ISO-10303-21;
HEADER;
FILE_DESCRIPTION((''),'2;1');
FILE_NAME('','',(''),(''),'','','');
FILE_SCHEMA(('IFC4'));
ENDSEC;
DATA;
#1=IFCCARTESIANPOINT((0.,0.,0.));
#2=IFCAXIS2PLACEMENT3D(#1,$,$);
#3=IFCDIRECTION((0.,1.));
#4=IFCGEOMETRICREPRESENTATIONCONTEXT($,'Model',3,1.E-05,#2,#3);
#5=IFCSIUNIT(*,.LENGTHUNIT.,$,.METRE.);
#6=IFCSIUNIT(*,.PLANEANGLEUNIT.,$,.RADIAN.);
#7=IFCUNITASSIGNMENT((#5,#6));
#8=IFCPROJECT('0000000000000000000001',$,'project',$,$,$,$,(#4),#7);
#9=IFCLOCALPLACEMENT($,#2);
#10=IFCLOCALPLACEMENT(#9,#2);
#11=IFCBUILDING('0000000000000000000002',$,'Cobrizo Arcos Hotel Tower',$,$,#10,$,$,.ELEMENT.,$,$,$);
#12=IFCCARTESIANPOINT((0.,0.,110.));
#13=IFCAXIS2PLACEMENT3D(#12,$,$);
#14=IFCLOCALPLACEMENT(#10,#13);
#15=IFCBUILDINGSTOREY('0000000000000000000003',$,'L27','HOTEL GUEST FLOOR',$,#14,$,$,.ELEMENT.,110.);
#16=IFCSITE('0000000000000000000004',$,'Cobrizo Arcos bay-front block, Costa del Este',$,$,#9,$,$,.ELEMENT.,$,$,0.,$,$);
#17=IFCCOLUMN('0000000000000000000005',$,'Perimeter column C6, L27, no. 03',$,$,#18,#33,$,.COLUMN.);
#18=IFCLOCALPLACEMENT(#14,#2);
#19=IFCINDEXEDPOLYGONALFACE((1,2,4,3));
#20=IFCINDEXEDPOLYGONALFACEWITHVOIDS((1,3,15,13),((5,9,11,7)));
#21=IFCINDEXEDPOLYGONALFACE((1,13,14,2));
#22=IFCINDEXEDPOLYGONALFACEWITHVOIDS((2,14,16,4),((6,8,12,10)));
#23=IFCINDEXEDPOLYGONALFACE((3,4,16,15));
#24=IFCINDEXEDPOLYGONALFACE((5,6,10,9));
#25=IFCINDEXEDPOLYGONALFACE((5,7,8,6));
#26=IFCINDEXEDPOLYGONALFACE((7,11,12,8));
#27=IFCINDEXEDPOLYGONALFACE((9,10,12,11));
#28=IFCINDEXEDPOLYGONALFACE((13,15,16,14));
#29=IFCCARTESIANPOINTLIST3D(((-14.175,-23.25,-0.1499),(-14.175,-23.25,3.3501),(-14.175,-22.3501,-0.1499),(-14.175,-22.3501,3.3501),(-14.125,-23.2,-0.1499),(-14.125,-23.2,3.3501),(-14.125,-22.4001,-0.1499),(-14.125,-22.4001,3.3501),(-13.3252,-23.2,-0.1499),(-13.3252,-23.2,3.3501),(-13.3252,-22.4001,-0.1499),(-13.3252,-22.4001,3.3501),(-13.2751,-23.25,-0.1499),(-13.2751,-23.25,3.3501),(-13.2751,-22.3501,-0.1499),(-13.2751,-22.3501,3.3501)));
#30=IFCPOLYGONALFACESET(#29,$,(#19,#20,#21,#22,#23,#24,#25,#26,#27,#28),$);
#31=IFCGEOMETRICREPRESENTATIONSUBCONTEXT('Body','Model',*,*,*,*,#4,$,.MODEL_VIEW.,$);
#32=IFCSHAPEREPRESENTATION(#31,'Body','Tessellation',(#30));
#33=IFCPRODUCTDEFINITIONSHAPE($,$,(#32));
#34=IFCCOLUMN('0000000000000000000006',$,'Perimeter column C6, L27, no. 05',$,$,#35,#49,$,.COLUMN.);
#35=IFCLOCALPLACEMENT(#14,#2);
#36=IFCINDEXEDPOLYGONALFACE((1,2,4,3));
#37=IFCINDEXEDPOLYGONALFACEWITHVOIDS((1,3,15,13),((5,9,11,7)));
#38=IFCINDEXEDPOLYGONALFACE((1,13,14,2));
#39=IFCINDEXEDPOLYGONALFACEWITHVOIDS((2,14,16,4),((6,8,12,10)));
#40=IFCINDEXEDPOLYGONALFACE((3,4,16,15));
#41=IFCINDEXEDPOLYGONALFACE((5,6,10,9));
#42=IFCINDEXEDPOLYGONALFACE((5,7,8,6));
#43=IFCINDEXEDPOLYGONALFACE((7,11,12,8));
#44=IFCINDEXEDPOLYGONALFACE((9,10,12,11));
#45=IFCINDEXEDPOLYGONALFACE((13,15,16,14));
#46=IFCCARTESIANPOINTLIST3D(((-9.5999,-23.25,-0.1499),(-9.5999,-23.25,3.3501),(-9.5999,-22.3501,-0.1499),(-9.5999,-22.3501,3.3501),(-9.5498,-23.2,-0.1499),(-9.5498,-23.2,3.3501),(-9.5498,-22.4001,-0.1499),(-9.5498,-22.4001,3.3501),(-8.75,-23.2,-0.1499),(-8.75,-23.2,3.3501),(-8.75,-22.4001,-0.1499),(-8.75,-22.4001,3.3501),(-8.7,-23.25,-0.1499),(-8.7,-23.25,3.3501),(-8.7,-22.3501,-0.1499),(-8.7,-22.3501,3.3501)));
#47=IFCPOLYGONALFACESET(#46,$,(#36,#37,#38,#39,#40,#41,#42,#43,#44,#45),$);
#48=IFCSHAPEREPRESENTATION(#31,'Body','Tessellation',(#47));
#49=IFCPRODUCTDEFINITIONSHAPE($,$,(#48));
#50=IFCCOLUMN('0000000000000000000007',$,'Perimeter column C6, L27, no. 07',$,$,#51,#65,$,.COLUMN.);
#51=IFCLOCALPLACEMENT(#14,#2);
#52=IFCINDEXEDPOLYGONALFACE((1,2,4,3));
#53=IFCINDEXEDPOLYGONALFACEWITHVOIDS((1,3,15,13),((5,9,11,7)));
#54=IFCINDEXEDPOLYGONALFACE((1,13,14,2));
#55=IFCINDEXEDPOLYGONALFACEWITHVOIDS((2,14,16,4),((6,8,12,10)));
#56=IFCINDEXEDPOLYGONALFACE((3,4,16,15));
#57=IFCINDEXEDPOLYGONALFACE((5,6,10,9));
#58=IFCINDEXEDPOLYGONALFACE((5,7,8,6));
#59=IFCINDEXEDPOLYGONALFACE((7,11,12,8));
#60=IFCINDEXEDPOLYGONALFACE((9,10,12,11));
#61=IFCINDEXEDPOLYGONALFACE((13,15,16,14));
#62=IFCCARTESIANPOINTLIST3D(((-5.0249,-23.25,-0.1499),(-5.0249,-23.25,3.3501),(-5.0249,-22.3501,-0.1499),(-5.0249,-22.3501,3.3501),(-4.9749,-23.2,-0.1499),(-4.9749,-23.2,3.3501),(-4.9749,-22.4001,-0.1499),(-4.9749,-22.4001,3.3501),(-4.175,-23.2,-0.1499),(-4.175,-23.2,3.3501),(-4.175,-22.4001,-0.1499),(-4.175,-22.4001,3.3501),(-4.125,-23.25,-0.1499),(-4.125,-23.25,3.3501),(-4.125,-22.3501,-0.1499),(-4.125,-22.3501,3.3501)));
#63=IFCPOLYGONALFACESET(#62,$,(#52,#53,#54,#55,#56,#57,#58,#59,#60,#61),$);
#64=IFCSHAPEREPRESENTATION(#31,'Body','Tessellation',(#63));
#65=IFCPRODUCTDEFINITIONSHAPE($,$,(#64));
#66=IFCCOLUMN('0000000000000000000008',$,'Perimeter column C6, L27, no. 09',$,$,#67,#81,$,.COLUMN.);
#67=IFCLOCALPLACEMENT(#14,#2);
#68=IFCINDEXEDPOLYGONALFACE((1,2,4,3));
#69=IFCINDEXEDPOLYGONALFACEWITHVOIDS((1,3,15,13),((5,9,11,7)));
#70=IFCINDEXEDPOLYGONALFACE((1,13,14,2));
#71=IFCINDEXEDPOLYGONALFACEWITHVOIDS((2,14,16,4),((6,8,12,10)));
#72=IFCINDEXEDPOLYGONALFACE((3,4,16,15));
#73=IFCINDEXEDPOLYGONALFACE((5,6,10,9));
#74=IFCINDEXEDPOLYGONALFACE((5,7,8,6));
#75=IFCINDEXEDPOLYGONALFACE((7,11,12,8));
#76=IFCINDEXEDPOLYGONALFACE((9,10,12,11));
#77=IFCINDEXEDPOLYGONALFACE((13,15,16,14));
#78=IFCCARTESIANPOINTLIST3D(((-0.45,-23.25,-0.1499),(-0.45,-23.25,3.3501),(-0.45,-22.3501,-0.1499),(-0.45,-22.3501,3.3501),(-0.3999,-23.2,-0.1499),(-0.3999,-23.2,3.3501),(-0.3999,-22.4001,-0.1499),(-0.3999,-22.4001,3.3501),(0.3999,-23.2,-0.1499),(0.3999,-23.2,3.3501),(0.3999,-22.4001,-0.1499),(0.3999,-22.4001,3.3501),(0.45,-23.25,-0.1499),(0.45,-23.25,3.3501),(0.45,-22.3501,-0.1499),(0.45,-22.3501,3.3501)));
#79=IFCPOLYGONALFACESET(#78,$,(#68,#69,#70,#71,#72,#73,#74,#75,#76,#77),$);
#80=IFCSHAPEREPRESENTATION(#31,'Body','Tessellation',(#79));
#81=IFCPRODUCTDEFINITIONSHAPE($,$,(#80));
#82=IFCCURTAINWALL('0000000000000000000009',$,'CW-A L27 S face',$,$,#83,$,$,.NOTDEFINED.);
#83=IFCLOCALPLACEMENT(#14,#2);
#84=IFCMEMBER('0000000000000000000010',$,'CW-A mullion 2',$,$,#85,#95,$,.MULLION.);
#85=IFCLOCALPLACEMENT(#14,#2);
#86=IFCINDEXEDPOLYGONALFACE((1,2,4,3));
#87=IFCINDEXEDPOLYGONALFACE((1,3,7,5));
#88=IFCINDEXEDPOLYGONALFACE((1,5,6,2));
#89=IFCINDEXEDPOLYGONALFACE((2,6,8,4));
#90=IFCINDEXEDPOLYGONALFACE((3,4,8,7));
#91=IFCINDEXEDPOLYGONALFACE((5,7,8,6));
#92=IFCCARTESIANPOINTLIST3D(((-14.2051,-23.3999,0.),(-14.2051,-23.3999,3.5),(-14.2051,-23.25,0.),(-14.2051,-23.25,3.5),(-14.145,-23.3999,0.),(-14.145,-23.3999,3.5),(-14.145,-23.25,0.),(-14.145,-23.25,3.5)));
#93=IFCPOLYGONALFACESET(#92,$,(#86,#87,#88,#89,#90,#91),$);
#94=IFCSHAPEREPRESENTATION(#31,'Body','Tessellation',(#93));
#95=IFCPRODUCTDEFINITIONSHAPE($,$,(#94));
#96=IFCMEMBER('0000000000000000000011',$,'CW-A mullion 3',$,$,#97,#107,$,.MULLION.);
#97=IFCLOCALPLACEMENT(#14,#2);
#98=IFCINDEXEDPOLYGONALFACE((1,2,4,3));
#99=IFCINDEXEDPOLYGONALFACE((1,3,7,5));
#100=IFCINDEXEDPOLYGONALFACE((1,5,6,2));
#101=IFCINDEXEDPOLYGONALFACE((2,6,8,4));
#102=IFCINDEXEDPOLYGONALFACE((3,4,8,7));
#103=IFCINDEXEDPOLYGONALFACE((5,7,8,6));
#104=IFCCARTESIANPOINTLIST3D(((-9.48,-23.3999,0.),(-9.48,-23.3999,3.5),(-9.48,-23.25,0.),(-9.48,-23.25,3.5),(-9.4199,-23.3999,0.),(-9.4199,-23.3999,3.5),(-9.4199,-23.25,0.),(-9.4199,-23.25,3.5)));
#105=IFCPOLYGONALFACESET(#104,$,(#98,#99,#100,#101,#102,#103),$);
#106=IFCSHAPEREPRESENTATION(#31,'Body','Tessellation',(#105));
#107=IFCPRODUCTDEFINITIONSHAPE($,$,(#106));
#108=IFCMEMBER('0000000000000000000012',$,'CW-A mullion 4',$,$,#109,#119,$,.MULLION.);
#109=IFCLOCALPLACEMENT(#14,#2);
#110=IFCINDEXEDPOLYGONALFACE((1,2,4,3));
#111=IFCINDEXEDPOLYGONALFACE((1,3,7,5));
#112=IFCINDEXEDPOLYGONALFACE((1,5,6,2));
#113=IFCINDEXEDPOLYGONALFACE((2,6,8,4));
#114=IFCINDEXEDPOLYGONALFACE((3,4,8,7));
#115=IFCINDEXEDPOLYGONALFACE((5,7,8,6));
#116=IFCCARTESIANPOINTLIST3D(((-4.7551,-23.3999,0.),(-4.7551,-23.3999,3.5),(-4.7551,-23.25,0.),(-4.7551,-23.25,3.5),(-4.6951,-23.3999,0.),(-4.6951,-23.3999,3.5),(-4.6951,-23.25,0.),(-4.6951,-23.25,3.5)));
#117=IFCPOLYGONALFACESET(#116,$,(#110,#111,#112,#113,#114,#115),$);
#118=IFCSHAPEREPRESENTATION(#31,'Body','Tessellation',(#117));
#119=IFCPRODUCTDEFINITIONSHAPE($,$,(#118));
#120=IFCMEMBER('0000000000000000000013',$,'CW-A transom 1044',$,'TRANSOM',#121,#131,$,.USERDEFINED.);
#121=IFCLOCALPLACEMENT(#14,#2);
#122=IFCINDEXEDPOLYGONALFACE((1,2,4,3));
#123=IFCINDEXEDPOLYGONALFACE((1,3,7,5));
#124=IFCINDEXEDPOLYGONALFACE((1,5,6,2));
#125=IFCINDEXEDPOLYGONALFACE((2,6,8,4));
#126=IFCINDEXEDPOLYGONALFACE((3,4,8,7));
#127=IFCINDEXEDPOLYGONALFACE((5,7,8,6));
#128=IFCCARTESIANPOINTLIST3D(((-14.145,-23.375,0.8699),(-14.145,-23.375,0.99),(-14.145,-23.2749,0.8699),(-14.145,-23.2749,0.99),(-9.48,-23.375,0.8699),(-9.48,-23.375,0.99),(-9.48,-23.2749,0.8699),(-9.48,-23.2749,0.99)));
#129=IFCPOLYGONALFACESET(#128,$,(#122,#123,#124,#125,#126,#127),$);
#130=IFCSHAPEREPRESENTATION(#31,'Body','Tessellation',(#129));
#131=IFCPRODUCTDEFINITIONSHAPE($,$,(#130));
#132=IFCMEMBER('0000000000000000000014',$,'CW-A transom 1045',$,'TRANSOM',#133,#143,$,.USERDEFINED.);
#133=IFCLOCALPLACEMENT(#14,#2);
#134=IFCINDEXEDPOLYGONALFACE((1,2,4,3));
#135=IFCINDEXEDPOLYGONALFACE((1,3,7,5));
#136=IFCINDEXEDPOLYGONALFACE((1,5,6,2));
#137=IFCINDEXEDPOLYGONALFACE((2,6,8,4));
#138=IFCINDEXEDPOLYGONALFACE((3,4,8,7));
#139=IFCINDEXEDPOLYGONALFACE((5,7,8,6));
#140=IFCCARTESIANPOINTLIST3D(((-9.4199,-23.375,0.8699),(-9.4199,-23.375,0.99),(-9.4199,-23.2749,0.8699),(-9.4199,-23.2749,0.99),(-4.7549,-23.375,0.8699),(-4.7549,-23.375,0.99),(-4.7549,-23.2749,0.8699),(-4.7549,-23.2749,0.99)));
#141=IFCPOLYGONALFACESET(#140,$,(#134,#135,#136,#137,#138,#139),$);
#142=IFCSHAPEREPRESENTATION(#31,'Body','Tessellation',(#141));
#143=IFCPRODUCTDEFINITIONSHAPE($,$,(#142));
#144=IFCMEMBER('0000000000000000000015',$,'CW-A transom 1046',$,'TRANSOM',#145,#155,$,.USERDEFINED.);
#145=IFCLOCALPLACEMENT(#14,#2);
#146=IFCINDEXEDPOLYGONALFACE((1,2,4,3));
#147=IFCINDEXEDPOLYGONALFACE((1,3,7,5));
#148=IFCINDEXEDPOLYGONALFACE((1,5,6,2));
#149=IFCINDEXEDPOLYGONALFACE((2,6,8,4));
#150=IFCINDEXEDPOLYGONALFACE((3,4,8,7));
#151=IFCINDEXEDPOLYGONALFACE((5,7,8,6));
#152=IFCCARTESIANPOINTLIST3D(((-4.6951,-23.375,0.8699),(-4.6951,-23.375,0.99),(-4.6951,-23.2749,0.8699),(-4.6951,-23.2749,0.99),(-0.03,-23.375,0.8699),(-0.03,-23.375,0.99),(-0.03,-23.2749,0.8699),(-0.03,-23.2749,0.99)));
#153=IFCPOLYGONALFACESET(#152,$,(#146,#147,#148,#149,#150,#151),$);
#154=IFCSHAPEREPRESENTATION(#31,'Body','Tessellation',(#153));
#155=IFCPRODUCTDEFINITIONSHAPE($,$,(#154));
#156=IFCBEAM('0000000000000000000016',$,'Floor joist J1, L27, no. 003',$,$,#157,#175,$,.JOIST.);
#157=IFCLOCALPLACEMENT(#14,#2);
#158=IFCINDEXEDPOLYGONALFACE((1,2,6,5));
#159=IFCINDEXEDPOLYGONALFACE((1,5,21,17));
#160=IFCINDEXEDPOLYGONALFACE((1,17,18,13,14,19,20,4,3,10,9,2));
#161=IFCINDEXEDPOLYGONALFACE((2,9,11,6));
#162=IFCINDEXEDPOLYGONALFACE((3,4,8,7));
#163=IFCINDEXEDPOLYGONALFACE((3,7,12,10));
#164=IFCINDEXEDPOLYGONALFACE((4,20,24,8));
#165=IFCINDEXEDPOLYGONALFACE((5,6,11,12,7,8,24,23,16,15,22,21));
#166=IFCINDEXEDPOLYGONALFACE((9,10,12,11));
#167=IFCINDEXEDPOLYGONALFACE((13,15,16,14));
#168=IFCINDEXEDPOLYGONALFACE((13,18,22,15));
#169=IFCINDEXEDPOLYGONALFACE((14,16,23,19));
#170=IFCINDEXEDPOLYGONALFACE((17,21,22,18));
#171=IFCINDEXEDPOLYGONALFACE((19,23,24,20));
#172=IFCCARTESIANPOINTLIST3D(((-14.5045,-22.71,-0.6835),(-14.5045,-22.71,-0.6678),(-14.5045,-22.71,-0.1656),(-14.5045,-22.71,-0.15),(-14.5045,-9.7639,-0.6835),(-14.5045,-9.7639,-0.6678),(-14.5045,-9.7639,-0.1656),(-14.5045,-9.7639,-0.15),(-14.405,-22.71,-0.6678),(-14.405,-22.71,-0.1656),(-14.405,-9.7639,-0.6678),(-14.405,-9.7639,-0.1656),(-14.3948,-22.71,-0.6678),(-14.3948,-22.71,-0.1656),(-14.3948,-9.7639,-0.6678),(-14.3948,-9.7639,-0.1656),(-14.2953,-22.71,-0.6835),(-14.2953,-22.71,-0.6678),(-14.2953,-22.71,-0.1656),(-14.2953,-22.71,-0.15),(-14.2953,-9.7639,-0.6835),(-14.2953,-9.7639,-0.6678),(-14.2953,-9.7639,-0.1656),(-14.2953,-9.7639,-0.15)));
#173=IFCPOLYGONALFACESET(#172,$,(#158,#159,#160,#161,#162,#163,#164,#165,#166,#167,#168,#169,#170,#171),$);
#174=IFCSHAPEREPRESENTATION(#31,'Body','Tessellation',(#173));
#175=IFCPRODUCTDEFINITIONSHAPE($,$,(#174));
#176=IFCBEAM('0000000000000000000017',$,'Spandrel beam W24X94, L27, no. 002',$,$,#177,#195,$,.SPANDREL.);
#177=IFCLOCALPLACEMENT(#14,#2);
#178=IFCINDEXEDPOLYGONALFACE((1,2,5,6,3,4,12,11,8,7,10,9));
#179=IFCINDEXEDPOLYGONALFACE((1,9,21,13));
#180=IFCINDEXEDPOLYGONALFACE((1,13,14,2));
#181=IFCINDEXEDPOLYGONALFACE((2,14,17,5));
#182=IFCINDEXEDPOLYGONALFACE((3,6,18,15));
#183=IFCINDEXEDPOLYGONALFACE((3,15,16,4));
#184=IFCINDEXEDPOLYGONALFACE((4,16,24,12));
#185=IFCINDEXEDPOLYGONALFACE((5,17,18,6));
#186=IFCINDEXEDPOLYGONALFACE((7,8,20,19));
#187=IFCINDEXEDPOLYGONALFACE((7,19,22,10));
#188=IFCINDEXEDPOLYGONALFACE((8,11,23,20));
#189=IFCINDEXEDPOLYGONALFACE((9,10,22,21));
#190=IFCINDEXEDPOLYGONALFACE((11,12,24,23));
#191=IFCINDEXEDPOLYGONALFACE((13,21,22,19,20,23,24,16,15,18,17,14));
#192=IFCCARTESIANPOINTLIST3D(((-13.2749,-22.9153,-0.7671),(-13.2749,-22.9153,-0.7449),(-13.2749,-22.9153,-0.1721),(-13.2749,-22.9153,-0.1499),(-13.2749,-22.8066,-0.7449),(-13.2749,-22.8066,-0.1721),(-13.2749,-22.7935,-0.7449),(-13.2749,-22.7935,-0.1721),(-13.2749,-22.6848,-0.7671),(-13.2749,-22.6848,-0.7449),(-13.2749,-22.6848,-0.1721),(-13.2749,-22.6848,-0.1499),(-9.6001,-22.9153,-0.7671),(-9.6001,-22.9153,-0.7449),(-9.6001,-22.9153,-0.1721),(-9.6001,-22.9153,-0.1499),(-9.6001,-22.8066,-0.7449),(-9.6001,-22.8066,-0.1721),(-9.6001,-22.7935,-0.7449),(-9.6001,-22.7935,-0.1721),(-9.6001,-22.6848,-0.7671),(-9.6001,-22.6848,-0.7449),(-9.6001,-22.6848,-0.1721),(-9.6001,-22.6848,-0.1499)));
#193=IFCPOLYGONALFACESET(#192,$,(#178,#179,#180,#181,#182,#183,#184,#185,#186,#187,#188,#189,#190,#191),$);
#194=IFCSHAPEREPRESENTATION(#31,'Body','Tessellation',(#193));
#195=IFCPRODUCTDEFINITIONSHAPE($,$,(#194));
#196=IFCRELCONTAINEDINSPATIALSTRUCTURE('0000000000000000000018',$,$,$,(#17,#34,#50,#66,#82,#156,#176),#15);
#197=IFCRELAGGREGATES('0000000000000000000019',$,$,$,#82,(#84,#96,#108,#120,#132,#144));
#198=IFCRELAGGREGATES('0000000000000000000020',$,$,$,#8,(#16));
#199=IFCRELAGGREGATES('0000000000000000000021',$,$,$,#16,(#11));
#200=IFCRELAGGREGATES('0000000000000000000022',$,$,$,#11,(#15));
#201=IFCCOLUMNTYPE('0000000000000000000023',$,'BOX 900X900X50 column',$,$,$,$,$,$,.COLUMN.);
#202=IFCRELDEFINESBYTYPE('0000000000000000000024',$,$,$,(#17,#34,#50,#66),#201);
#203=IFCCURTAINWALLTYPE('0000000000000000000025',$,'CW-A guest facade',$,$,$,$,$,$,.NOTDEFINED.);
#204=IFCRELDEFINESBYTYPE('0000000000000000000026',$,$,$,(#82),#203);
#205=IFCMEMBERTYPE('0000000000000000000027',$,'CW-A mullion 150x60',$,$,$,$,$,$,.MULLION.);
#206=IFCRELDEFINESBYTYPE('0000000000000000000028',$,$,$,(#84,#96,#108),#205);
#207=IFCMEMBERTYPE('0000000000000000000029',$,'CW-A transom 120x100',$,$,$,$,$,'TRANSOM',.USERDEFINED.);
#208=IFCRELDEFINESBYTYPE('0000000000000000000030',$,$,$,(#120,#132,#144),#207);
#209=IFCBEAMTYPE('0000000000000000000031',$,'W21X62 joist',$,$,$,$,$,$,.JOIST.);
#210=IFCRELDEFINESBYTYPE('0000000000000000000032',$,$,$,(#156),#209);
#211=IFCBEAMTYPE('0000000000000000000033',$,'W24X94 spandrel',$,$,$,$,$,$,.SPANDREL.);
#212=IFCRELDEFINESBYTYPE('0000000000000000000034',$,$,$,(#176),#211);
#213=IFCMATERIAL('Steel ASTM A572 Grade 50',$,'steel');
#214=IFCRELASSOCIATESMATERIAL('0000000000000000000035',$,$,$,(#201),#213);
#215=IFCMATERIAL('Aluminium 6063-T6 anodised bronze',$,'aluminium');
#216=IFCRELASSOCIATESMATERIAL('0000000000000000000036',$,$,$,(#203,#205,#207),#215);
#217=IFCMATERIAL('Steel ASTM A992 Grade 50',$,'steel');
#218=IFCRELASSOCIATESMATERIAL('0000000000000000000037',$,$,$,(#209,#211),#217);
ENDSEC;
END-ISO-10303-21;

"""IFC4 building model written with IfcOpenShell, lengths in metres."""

from ifc_helpers import new_model, si_unit, direction, frame, origin, origin_2d, place, context, subcontext, project, spatial, rectangle, hollow_rectangle, i_section, extrude, material, material_profile, profile_set, type_object, element, aggregate, save


model = new_model("IFC4")

# Units and contexts
model_context = context("Model", 3, precision=1e-05, world=origin(), true_north=direction((0.0, 1.0)))
body_context = subcontext(model_context, "Body", "Model", "MODEL_VIEW")
ifc_project = project(units=[si_unit("LENGTHUNIT", "METRE"), si_unit("PLANEANGLEUNIT", "RADIAN")], contexts=[model_context])

# Site, building, storey
site_placement = place(None, origin())
site = spatial("IfcSite", under=ifc_project, at=site_placement, Name="Cobrizo Arcos bay-front block, Costa del Este", CompositionType="ELEMENT", RefElevation=0.0)
building_placement = place(site_placement, origin())
building = spatial("IfcBuilding", under=site, at=building_placement, Name="Cobrizo Arcos Hotel Tower", CompositionType="ELEMENT")
storey_placement = place(building_placement, frame((0.0, 0.0, 110.0)))
storey = spatial("IfcBuildingStorey", under=building, at=storey_placement, Name="L27", Description="HOTEL GUEST FLOOR", CompositionType="ELEMENT", Elevation=110.0)

# Columns
ifc_material_1 = material(Name="Steel ASTM A572 Grade 50", Category="steel")
ifc_material_profile_1 = material_profile(ifc_material_1, hollow_rectangle(XDim=0.8999, YDim=0.8999, WallThickness=0.05, at=origin_2d()), Name="BOX 900X900X50")
ifc_profile_set_1 = profile_set([ifc_material_profile_1], Name="Steel ASTM A572 Grade 50")
column_type = type_object("IfcColumnType", Name="BOX 900X900X50 column", PredefinedType="COLUMN", material=ifc_profile_set_1)
for number, where, z_axis, x_axis, name in (
    (1, (-13.7251, -22.8, -0.1499), (0.0, 0.0, 1.0), (1.0, 0.0, 0.0), "Perimeter column C6, L27, no. 03"),
    (2, (-9.1499, -22.8, -0.1499), (0.0, 0.0, 1.0), (1.0, 0.0, 0.0), "Perimeter column C6, L27, no. 05"),
    (3, (-4.575, -22.8, -0.1499), (0.0, 0.0, 1.0), (1.0, 0.0, 0.0), "Perimeter column C6, L27, no. 07"),
    (4, (0.0, -22.8, -0.1499), (0.0, 0.0, 1.0), (1.0, 0.0, 0.0), "Perimeter column C6, L27, no. 09"),
):
    element("IfcColumn", number, at=place(storey_placement, frame(where, z_axis=z_axis, x_axis=x_axis)), inside=storey, type_object=column_type, Name=name, PredefinedType="COLUMN", context=body_context, shape_type="SweptSolid", body=[
        extrude(hollow_rectangle(XDim=0.8999, YDim=0.8999, WallThickness=0.05, at=origin_2d()), origin(), (0.0, 0.0, 1.0), 3.5),
    ])

# Curtain wall, members
ifc_material_2 = material(Name="Aluminium 6063-T6 anodised bronze", Category="aluminium")
curtain_wall_type = type_object("IfcCurtainWallType", Name="CW-A guest facade", PredefinedType="NOTDEFINED", material=ifc_material_2)
curtain_wall_placement = place(storey_placement, origin())
curtain_wall = element("IfcCurtainWall", 5, at=curtain_wall_placement, inside=storey, type_object=curtain_wall_type, Name="CW-A L27 S face", PredefinedType="NOTDEFINED")
ifc_material_profile_2 = material_profile(ifc_material_2, rectangle(XDim=0.1499, YDim=0.0601, at=origin_2d()), Name="CW-A mullion 150x60")
ifc_profile_set_2 = profile_set([ifc_material_profile_2], Name="Aluminium 6063-T6 anodised bronze")
member_type_1 = type_object("IfcMemberType", Name="CW-A mullion 150x60", PredefinedType="MULLION", material=ifc_profile_set_2)
member_1_placement = place(storey_placement, frame((-14.175, -23.325, 0.0), z_axis=(0.0, 0.0, 1.0), x_axis=(0.0, -1.0, 0.0)))
member_1 = element("IfcMember", 6, at=member_1_placement, type_object=member_type_1, Name="CW-A mullion 2", PredefinedType="MULLION", context=body_context, shape_type="SweptSolid", body=[
    extrude(rectangle(XDim=0.1499, YDim=0.0601, at=origin_2d()), origin(), (0.0, 0.0, 1.0), 3.5),
])
member_2_placement = place(storey_placement, frame((-9.45, -23.325, 0.0), z_axis=(0.0, 0.0, 1.0), x_axis=(0.0, -1.0, 0.0)))
member_2 = element("IfcMember", 7, at=member_2_placement, type_object=member_type_1, Name="CW-A mullion 3", PredefinedType="MULLION", context=body_context, shape_type="SweptSolid", body=[
    extrude(rectangle(XDim=0.1499, YDim=0.0601, at=origin_2d()), origin(), (0.0, 0.0, 1.0), 3.5),
])
member_3_placement = place(storey_placement, frame((-4.7251, -23.325, 0.0), z_axis=(0.0, 0.0, 1.0), x_axis=(0.0, -1.0, 0.0)))
member_3 = element("IfcMember", 8, at=member_3_placement, type_object=member_type_1, Name="CW-A mullion 4", PredefinedType="MULLION", context=body_context, shape_type="SweptSolid", body=[
    extrude(rectangle(XDim=0.1499, YDim=0.0601, at=origin_2d()), origin(), (0.0, 0.0, 1.0), 3.5),
])
ifc_material_profile_3 = material_profile(ifc_material_2, rectangle(XDim=0.1001, YDim=0.1201, at=origin_2d()), Name="CW-A transom 120x100")
ifc_profile_set_3 = profile_set([ifc_material_profile_3], Name="Aluminium 6063-T6 anodised bronze")
member_type_2 = type_object("IfcMemberType", Name="CW-A transom 120x100", ElementType="TRANSOM", PredefinedType="USERDEFINED", material=ifc_profile_set_3)
member_4_placement = place(storey_placement, frame((-14.145, -23.325, 0.9299), z_axis=(1.0, 0.0, 0.0), x_axis=(0.0, 1.0, 0.0)))
member_4 = element("IfcMember", 9, at=member_4_placement, type_object=member_type_2, Name="CW-A transom 1044", ObjectType="TRANSOM", PredefinedType="USERDEFINED", context=body_context, shape_type="SweptSolid", body=[
    extrude(rectangle(XDim=0.1001, YDim=0.1201, at=origin_2d()), origin(), (0.0, 0.0, 1.0), 4.665),
])
member_5_placement = place(storey_placement, frame((-9.4199, -23.325, 0.9299), z_axis=(1.0, 0.0, 0.0), x_axis=(0.0, 1.0, 0.0)))
member_5 = element("IfcMember", 10, at=member_5_placement, type_object=member_type_2, Name="CW-A transom 1045", ObjectType="TRANSOM", PredefinedType="USERDEFINED", context=body_context, shape_type="SweptSolid", body=[
    extrude(rectangle(XDim=0.1001, YDim=0.1201, at=origin_2d()), origin(), (0.0, 0.0, 1.0), 4.665),
])
member_6_placement = place(storey_placement, frame((-4.6951, -23.325, 0.9299), z_axis=(1.0, 0.0, 0.0), x_axis=(0.0, 1.0, 0.0)))
member_6 = element("IfcMember", 11, at=member_6_placement, type_object=member_type_2, Name="CW-A transom 1046", ObjectType="TRANSOM", PredefinedType="USERDEFINED", context=body_context, shape_type="SweptSolid", body=[
    extrude(rectangle(XDim=0.1001, YDim=0.1201, at=origin_2d()), origin(), (0.0, 0.0, 1.0), 4.665),
])

# Beams
ifc_material_3 = material(Name="Steel ASTM A992 Grade 50", Category="steel")
ifc_material_profile_4 = material_profile(ifc_material_3, i_section(OverallWidth=0.2092, OverallDepth=0.5334, WebThickness=0.0103, FlangeThickness=0.0156, at=origin_2d()), Name="W21X62")
ifc_profile_set_4 = profile_set([ifc_material_profile_4], Name="Steel ASTM A992 Grade 50")
beam_type_1 = type_object("IfcBeamType", Name="W21X62 joist", PredefinedType="JOIST", material=ifc_profile_set_4)
beam_1_placement = place(storey_placement, frame((-14.3999, -22.71, -0.4167), z_axis=(0.0, 1.0, 0.0), x_axis=(-1.0, 0.0, 0.0)))
element("IfcBeam", 12, at=beam_1_placement, inside=storey, type_object=beam_type_1, Name="Floor joist J1, L27, no. 003", PredefinedType="JOIST", context=body_context, shape_type="SweptSolid", body=[
    extrude(i_section(OverallWidth=0.2092, OverallDepth=0.5334, WebThickness=0.0103, FlangeThickness=0.0156, at=origin_2d()), origin(), (0.0, 0.0, 1.0), 12.946),
])
ifc_material_profile_5 = material_profile(ifc_material_3, i_section(OverallWidth=0.2305, OverallDepth=0.6172, WebThickness=0.0132, FlangeThickness=0.0222, at=origin_2d()), Name="W24X94")
ifc_profile_set_5 = profile_set([ifc_material_profile_5], Name="Steel ASTM A992 Grade 50")
beam_type_2 = type_object("IfcBeamType", Name="W24X94 spandrel", PredefinedType="SPANDREL", material=ifc_profile_set_5)
beam_2_placement = place(storey_placement, frame((-13.2749, -22.8, -0.4585), z_axis=(1.0, 0.0, 0.0), x_axis=(0.0, 1.0, 0.0)))
element("IfcBeam", 13, at=beam_2_placement, inside=storey, type_object=beam_type_2, Name="Spandrel beam W24X94, L27, no. 002", PredefinedType="SPANDREL", context=body_context, shape_type="SweptSolid", body=[
    extrude(i_section(OverallWidth=0.2305, OverallDepth=0.6172, WebThickness=0.0132, FlangeThickness=0.0222, at=origin_2d()), origin(), (0.0, 0.0, 1.0), 3.6748),
])

aggregate(curtain_wall, [member_1, member_2, member_3, member_4, member_5, member_6])

save(model, "model.ifc")
